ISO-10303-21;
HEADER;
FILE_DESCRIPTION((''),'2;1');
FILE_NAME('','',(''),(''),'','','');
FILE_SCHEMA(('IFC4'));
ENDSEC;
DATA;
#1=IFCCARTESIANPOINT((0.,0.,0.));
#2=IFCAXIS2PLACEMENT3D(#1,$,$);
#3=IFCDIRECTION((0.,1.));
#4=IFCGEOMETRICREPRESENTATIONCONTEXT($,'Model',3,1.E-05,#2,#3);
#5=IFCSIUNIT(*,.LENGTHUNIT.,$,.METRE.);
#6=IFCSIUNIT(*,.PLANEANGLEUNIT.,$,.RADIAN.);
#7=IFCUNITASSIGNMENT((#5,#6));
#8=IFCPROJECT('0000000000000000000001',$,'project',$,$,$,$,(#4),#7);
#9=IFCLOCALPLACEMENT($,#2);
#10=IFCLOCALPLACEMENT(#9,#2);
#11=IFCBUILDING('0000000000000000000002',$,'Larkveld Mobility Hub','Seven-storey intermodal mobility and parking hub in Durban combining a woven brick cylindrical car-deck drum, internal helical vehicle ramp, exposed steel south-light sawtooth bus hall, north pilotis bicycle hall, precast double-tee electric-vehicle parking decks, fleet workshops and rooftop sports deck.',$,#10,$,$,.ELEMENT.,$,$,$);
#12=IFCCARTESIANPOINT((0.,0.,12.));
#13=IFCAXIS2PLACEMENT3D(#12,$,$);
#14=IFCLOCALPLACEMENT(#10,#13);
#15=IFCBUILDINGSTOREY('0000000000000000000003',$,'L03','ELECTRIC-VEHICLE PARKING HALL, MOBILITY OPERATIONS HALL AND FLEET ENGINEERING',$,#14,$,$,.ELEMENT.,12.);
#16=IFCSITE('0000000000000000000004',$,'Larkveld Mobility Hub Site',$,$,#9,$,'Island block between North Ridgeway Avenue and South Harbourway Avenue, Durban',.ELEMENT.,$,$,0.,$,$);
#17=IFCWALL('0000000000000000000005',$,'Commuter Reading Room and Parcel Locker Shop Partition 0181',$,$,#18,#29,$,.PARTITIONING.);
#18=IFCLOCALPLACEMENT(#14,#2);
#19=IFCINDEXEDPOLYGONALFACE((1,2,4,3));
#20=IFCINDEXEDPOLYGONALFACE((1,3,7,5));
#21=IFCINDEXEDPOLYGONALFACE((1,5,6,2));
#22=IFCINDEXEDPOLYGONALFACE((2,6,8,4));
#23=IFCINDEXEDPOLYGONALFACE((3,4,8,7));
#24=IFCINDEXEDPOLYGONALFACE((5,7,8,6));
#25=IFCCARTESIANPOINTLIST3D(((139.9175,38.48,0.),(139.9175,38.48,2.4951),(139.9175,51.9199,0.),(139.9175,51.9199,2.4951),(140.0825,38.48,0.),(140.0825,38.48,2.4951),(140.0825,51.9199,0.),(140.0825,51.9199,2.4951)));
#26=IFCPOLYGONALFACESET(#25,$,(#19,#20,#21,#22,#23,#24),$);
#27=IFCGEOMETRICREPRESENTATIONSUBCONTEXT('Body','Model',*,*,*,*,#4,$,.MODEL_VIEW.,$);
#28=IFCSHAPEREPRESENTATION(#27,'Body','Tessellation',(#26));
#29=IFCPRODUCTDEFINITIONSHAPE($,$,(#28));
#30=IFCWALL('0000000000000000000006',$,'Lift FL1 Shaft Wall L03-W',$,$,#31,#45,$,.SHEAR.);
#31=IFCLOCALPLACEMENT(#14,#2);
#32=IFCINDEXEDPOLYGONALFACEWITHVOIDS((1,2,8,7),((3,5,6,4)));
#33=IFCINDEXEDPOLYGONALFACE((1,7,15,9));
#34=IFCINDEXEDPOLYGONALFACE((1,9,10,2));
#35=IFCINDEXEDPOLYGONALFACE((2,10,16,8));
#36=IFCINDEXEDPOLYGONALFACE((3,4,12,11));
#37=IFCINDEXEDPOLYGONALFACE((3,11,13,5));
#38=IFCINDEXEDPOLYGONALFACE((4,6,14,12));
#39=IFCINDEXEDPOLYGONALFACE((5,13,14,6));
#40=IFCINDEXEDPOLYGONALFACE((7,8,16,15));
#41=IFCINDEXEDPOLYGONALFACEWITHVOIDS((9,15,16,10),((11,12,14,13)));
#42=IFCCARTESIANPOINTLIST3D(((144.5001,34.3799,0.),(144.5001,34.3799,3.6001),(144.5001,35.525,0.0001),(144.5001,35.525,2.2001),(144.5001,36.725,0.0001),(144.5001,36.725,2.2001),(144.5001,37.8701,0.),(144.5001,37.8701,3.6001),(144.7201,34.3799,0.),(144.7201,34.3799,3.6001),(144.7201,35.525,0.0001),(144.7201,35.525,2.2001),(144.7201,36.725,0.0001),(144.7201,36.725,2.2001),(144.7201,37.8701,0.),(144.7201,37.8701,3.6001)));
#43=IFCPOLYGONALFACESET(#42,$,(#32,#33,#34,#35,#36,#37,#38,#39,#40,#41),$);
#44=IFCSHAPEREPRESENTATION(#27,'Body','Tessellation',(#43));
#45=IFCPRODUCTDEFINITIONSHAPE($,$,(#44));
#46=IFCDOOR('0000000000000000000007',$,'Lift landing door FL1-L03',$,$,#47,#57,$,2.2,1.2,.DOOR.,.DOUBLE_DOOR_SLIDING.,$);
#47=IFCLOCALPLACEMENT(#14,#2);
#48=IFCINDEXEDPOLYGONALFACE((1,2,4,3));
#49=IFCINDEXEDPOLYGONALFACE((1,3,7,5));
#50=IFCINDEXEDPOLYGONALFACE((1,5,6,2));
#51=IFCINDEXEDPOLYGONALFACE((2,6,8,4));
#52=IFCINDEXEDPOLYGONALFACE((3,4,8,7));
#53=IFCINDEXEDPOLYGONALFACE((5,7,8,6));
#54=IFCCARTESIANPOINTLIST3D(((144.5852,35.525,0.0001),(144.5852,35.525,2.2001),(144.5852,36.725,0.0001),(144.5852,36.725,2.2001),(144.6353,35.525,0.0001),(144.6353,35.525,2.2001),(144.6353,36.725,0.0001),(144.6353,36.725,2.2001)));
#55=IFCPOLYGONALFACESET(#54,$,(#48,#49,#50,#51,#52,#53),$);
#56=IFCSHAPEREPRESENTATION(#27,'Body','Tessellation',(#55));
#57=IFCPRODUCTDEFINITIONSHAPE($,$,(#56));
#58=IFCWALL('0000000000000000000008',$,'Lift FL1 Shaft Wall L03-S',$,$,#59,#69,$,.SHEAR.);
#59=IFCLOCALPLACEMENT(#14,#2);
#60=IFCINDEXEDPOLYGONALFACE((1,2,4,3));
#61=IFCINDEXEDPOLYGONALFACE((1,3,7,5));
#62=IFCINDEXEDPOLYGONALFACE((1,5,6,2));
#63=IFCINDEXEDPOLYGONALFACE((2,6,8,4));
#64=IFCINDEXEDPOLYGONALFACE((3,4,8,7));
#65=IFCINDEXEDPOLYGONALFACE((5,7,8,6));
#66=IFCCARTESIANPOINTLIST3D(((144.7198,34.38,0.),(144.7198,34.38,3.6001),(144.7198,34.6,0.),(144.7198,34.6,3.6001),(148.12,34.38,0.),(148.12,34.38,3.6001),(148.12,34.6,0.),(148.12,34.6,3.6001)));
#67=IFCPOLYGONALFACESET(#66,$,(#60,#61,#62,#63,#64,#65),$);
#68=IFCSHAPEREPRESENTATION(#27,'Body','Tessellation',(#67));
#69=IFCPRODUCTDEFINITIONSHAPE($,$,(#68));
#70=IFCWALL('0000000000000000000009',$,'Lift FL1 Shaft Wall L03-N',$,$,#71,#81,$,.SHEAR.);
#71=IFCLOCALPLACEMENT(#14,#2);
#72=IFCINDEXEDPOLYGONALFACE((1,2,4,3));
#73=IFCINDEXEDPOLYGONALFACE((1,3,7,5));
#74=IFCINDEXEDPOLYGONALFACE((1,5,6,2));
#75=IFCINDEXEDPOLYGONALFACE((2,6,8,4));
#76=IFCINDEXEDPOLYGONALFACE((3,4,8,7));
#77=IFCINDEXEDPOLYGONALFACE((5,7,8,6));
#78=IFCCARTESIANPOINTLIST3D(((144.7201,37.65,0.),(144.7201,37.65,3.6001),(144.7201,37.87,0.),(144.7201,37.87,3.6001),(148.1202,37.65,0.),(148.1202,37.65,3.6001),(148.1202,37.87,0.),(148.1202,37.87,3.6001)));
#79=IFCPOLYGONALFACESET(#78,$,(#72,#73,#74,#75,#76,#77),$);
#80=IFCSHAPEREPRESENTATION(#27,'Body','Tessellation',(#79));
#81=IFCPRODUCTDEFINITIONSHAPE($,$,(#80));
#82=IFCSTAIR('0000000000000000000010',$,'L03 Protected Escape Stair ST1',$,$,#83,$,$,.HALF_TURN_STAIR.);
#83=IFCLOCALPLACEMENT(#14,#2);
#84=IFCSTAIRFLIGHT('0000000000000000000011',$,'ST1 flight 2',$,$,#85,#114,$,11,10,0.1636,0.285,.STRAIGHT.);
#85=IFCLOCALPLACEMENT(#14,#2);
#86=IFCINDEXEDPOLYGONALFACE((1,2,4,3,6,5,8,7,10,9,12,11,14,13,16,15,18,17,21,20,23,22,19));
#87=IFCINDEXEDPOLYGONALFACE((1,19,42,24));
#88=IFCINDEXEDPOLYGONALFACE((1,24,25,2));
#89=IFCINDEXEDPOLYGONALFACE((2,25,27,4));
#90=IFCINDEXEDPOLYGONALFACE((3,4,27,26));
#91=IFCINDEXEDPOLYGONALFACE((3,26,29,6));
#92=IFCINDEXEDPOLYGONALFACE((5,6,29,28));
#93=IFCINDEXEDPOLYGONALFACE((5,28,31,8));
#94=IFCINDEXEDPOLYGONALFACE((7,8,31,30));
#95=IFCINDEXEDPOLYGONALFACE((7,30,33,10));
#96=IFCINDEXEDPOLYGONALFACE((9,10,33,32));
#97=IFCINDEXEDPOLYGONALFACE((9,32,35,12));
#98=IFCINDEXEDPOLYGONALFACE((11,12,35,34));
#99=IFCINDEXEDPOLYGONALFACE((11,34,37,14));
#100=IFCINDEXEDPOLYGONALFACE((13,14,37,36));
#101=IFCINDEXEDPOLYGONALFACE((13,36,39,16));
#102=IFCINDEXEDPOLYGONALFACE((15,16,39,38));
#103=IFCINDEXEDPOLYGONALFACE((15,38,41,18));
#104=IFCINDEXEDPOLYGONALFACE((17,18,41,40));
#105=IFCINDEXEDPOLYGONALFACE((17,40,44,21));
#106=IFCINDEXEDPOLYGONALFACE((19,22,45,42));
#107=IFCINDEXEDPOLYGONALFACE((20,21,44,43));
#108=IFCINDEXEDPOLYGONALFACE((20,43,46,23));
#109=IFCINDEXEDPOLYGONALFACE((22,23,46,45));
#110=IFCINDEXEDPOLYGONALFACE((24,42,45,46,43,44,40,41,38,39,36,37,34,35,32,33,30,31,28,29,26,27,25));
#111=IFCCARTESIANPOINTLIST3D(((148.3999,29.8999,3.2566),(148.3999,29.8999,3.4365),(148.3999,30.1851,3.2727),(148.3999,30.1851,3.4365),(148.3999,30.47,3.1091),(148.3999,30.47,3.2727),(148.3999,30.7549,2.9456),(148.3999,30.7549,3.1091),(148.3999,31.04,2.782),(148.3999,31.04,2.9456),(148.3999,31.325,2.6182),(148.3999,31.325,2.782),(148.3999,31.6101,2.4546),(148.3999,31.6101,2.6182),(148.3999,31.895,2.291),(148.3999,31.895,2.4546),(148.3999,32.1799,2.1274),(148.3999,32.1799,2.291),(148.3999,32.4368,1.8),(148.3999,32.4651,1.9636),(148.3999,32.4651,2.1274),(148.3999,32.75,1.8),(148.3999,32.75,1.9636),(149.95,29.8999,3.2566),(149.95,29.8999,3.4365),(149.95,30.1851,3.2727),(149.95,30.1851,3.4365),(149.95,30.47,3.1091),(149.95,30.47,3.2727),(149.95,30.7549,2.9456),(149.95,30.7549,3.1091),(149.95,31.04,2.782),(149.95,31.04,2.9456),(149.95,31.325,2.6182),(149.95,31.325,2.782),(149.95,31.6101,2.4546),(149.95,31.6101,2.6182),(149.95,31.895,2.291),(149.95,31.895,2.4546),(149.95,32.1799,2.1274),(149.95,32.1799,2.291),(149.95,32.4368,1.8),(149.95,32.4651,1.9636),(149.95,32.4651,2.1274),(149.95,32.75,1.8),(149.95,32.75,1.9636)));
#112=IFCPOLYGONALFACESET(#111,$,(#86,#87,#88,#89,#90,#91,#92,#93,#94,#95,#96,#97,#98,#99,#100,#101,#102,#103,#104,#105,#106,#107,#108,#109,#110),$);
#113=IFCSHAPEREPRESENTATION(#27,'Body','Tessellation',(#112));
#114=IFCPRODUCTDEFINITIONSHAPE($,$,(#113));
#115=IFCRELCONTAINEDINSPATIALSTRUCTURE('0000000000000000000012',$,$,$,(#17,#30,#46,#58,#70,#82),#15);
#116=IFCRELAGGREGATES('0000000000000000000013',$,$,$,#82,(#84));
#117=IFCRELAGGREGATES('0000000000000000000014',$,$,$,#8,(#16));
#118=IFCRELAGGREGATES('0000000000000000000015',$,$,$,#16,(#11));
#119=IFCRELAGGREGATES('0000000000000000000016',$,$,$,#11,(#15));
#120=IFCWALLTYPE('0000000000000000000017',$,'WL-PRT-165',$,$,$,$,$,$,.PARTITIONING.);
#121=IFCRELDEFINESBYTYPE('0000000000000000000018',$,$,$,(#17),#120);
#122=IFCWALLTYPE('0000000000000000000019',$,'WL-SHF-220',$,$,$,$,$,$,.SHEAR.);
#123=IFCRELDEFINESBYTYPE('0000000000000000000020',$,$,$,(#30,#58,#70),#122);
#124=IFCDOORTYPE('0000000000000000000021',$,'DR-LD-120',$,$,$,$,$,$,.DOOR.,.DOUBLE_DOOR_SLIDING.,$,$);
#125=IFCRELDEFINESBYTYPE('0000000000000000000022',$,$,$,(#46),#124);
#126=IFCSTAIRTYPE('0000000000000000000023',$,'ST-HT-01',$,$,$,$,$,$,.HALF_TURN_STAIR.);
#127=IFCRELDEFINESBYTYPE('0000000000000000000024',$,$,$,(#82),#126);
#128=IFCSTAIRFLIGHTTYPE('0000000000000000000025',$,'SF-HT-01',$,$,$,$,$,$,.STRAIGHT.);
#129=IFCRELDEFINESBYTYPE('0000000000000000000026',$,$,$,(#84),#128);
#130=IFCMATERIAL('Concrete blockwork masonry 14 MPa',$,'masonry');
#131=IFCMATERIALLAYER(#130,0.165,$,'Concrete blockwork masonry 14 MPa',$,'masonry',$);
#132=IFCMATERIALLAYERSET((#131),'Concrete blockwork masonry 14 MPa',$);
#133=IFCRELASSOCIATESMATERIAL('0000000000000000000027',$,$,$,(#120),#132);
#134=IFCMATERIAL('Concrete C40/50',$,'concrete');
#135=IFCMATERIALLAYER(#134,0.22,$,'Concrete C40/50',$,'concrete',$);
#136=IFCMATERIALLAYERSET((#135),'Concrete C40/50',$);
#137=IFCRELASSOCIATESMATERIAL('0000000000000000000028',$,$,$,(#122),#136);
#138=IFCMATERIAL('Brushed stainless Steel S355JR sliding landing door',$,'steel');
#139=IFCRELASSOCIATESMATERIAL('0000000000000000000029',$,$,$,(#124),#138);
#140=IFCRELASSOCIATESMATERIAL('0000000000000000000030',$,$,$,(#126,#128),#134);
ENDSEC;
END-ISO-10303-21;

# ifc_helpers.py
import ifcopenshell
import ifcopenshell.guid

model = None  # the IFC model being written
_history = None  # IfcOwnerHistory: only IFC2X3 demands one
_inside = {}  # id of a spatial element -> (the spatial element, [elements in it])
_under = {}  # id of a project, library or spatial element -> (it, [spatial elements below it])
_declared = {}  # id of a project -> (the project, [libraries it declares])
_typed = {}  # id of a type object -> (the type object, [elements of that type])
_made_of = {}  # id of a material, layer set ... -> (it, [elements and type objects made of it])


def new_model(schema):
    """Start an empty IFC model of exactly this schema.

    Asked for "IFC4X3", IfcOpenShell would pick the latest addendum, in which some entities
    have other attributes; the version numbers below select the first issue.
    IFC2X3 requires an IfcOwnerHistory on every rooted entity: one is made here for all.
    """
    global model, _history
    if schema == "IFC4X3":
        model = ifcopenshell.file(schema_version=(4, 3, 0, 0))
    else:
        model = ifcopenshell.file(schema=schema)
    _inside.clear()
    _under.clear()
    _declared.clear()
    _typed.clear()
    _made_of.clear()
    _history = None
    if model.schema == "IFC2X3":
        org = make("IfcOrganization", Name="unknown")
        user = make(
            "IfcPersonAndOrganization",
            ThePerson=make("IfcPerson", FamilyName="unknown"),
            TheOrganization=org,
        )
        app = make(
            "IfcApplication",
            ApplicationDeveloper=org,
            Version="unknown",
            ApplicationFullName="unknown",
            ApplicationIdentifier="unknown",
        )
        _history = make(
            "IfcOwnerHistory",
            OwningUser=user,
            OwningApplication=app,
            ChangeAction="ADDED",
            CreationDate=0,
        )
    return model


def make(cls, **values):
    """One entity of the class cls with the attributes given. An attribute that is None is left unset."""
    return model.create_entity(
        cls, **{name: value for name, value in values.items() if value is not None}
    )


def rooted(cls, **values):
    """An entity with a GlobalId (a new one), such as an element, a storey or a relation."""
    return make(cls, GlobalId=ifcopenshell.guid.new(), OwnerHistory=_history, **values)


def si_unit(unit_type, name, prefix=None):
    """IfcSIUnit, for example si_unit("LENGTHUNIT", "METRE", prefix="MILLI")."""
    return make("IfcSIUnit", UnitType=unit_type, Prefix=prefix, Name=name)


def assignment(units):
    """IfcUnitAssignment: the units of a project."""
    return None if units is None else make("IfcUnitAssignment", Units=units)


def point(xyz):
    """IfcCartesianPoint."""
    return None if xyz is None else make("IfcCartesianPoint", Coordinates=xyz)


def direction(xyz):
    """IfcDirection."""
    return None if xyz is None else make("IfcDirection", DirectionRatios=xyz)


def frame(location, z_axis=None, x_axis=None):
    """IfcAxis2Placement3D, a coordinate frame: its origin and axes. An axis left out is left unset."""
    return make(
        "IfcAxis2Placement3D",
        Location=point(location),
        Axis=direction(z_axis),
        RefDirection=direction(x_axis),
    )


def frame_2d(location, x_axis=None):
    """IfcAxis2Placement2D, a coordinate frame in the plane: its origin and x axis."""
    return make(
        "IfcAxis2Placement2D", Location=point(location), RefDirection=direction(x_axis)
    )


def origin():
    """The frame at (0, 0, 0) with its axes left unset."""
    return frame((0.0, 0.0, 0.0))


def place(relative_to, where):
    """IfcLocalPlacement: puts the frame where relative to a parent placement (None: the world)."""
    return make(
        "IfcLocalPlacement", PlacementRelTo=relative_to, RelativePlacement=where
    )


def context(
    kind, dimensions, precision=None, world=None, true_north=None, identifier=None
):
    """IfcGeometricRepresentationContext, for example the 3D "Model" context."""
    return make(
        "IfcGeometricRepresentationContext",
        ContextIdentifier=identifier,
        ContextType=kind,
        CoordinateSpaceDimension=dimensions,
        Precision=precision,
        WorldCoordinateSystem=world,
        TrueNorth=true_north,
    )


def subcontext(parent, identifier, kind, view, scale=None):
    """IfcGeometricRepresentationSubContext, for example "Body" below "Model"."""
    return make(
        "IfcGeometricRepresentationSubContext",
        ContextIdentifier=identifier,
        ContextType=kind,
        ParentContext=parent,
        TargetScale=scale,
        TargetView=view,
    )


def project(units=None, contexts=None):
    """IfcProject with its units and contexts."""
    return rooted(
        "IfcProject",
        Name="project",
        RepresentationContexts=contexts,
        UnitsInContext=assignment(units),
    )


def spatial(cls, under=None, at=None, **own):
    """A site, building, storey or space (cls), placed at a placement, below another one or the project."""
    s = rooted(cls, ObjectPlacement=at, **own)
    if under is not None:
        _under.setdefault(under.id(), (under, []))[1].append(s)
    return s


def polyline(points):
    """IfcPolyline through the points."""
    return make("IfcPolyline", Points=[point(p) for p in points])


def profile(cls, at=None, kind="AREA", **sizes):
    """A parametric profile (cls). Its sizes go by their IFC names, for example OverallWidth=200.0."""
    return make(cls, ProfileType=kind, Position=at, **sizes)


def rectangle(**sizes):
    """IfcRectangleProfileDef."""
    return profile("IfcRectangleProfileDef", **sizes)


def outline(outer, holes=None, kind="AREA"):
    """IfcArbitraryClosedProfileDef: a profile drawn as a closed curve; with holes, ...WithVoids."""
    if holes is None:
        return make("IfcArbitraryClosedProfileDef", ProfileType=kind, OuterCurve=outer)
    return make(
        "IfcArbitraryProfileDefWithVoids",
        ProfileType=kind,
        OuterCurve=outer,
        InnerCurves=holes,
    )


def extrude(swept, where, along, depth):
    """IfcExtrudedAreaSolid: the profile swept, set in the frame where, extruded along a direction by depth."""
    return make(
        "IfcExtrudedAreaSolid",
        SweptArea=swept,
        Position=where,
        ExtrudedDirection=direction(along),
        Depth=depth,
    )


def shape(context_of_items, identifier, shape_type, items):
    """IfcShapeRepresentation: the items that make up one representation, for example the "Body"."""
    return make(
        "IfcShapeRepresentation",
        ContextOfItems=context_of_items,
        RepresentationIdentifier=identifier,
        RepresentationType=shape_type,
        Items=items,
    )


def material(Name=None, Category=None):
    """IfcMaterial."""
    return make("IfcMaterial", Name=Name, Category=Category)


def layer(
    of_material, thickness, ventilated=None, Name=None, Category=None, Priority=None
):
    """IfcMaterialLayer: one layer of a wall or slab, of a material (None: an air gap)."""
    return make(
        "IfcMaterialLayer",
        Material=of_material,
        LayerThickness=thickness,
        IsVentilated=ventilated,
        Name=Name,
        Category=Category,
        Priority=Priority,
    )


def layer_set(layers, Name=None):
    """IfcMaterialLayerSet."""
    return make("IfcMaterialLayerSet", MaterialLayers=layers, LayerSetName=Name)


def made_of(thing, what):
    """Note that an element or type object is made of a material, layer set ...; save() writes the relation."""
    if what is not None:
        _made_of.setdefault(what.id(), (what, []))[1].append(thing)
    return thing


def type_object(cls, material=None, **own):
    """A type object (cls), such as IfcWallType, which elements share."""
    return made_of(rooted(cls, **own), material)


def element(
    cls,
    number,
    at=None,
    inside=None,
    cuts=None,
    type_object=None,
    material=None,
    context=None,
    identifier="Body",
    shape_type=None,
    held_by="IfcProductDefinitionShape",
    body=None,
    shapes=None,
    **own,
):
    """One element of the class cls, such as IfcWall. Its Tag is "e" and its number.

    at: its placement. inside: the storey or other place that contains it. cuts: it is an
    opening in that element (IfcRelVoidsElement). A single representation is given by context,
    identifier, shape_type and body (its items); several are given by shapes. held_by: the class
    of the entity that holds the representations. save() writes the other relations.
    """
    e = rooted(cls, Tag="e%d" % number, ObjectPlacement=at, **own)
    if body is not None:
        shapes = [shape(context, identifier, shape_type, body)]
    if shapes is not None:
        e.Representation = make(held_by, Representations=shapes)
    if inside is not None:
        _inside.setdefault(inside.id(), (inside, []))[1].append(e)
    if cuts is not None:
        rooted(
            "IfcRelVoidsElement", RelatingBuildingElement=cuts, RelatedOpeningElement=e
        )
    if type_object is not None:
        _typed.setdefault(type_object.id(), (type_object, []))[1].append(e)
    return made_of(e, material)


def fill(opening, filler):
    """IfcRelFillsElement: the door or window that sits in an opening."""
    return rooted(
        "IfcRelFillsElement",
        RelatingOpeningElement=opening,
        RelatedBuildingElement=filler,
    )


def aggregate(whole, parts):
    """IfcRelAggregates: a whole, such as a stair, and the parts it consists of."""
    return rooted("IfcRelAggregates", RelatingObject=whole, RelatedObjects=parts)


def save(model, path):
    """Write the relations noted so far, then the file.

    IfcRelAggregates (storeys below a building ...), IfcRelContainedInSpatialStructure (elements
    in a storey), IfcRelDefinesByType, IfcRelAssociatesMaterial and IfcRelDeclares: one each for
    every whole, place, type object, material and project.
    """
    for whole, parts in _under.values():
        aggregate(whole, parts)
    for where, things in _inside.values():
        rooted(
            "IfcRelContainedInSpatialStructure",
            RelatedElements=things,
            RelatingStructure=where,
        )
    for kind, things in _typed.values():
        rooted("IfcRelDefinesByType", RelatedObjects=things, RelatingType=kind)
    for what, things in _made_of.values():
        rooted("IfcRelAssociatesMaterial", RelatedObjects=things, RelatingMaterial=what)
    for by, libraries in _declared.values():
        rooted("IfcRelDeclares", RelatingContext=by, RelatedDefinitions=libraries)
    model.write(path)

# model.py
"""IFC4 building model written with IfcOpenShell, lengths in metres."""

from ifc_helpers import new_model, si_unit, direction, frame, frame_2d, origin, place, context, subcontext, project, spatial, polyline, rectangle, outline, extrude, material, layer, layer_set, type_object, element, fill, aggregate, save


model = new_model("IFC4")

# Units and contexts
model_context = context("Model", 3, precision=1e-05, world=origin(), true_north=direction((0.0, 1.0)))
body_context = subcontext(model_context, "Body", "Model", "MODEL_VIEW")
ifc_project = project(units=[si_unit("LENGTHUNIT", "METRE"), si_unit("PLANEANGLEUNIT", "RADIAN")], contexts=[model_context])

# Site, building, storey
site_placement = place(None, origin())
site = spatial("IfcSite", under=ifc_project, at=site_placement, Name="Larkveld Mobility Hub Site", LongName="Island block between North Ridgeway Avenue and South Harbourway Avenue, Durban", CompositionType="ELEMENT", RefElevation=0.0)
building_placement = place(site_placement, origin())
building = spatial("IfcBuilding", under=site, at=building_placement, Name="Larkveld Mobility Hub", Description="Seven-storey intermodal mobility and parking hub in Durban combining a woven brick cylindrical car-deck drum, internal helical vehicle ramp, exposed steel south-light sawtooth bus hall, north pilotis bicycle hall, precast double-tee electric-vehicle parking decks, fleet workshops and rooftop sports deck.", CompositionType="ELEMENT")
storey_placement = place(building_placement, frame((0.0, 0.0, 12.0)))
storey = spatial("IfcBuildingStorey", under=building, at=storey_placement, Name="L03", Description="ELECTRIC-VEHICLE PARKING HALL, MOBILITY OPERATIONS HALL AND FLEET ENGINEERING", CompositionType="ELEMENT", Elevation=12.0)

# Shared definitions
ifc_material_1 = material(Name="Concrete C40/50", Category="concrete")

# Shared definitions
ifc_material_2 = material(Name="Concrete blockwork masonry 14 MPa", Category="masonry")

# Shared definitions
ifc_layer_1 = layer(ifc_material_2, 0.165, Name="Concrete blockwork masonry 14 MPa", Category="masonry")
ifc_layer_set_1 = layer_set([ifc_layer_1], Name="Concrete blockwork masonry 14 MPa")
wall_type_1 = type_object("IfcWallType", Name="WL-PRT-165", PredefinedType="PARTITIONING", material=ifc_layer_set_1)

# Wall
wall_1_placement = place(storey_placement, frame((140.0, 38.48, 0.0), z_axis=(0.0, 0.0, 1.0), x_axis=(0.0, 1.0, 0.0)))
element("IfcWall", 1, at=wall_1_placement, inside=storey, type_object=wall_type_1, Name="Commuter Reading Room and Parcel Locker Shop Partition 0181", PredefinedType="PARTITIONING", context=body_context, shape_type="SweptSolid", body=[
    extrude(rectangle(XDim=13.4399, YDim=0.165, at=frame_2d((6.72, 0.0))), origin(), (0.0, 0.0, 1.0), 2.4951),
])

# Wall, opening, door
ifc_layer_2 = layer(ifc_material_1, 0.22, Name="Concrete C40/50", Category="concrete")
ifc_layer_set_2 = layer_set([ifc_layer_2], Name="Concrete C40/50")
wall_type_2 = type_object("IfcWallType", Name="WL-SHF-220", PredefinedType="SHEAR", material=ifc_layer_set_2)
wall_2_placement = place(storey_placement, frame((144.6101, 34.3799, 0.0), z_axis=(0.0, 0.0, 1.0), x_axis=(0.0, 1.0, 0.0)))
wall_2 = element("IfcWall", 2, at=wall_2_placement, inside=storey, type_object=wall_type_2, Name="Lift FL1 Shaft Wall L03-W", PredefinedType="SHEAR", context=body_context, shape_type="SweptSolid", body=[
    extrude(rectangle(XDim=3.4902, YDim=0.22, at=frame_2d((1.7451, 0.0))), origin(), (0.0, 0.0, 1.0), 3.6001),
])
opening_1_placement = place(wall_2_placement, frame((1.145, 0.0, 0.0)))
opening_1 = element("IfcOpeningElement", 3, at=opening_1_placement, cuts=wall_2, PredefinedType="OPENING", context=body_context, shape_type="SweptSolid", body=[
    extrude(rectangle(XDim=1.2, YDim=2.2, at=frame_2d((0.6001, 1.1001))), frame((0.0, 0.1201, 0.0), z_axis=(0.0, -1.0, 0.0), x_axis=(1.0, 0.0, 0.0)), (0.0, 0.0, 1.0), 0.24),
])
ifc_material_3 = material(Name="Brushed stainless Steel S355JR sliding landing door", Category="steel")
door_type_1 = type_object("IfcDoorType", Name="DR-LD-120", OperationType="DOUBLE_DOOR_SLIDING", PredefinedType="DOOR", material=ifc_material_3)
door_1_placement = place(opening_1_placement, origin())
door_1 = element("IfcDoor", 4, at=door_1_placement, inside=storey, type_object=door_type_1, Name="Lift landing door FL1-L03", OperationType="DOUBLE_DOOR_SLIDING", OverallHeight=2.2, OverallWidth=1.2, PredefinedType="DOOR", context=body_context, shape_type="SweptSolid", body=[
    extrude(rectangle(XDim=1.2, YDim=2.2, at=frame_2d((0.6001, 1.1001))), frame((0.0, 0.0249, 0.0), z_axis=(0.0, -1.0, 0.0), x_axis=(1.0, 0.0, 0.0)), (0.0, 0.0, 1.0), 0.05),
])
fill(opening_1, door_1)

# Walls
for number, where, z_axis, x_axis, name in (
    (5, (148.1201, 34.49, 0.0), (0.0, 0.0, 1.0), (-1.0, 0.0, 0.0), "Lift FL1 Shaft Wall L03-S"),
    (6, (144.72, 37.76, 0.0), (0.0, 0.0, 1.0), (1.0, 0.0, 0.0), "Lift FL1 Shaft Wall L03-N"),
):
    element("IfcWall", number, at=place(storey_placement, frame(where, z_axis=z_axis, x_axis=x_axis)), inside=storey, type_object=wall_type_2, Name=name, PredefinedType="SHEAR", context=body_context, shape_type="SweptSolid", body=[
        extrude(rectangle(XDim=3.4001, YDim=0.22, at=frame_2d((1.7002, 0.0))), origin(), (0.0, 0.0, 1.0), 3.6001),
    ])

# Stair, stair flight
stair_type = type_object("IfcStairType", Name="ST-HT-01", PredefinedType="HALF_TURN_STAIR", material=ifc_material_1)
stair_placement = place(storey_placement, origin())
stair = element("IfcStair", 7, at=stair_placement, inside=storey, type_object=stair_type, Name="L03 Protected Escape Stair ST1", PredefinedType="HALF_TURN_STAIR")
stair_flight_type = type_object("IfcStairFlightType", Name="SF-HT-01", PredefinedType="STRAIGHT", material=ifc_material_1)
stair_flight_placement = place(storey_placement, frame((149.175, 32.75, 1.8), z_axis=(0.0, 0.0, 1.0), x_axis=(0.0, -1.0, 0.0)))
stair_flight = element("IfcStairFlight", 8, at=stair_flight_placement, type_object=stair_flight_type, Name="ST1 flight 2", NumberOfRisers=11, NumberOfTreads=10, PredefinedType="STRAIGHT", RiserHeight=0.1636, TreadLength=0.285, context=body_context, shape_type="SweptSolid", body=[
    extrude(outline(polyline([(0.0, 0.0), (0.0, 0.1636), (0.2849, 0.1636), (0.2849, 0.3274), (0.5701, 0.3274), (0.5701, 0.491), (0.855, 0.491), (0.855, 0.6545), (1.1399, 0.6545), (1.1399, 0.8181), (1.425, 0.8181), (1.425, 0.9819), (1.71, 0.9819), (1.71, 1.1455), (1.9951, 1.1455), (1.9951, 1.3091), (2.28, 1.3091), (2.28, 1.4727), (2.5649, 1.4727), (2.5649, 1.6365), (2.8501, 1.6365), (2.8501, 1.8), (2.8501, 1.4565), (0.3132, 0.0), (0.0, 0.0)])), frame((0.0, 0.7749, 0.0), z_axis=(0.0, -1.0, 0.0), x_axis=(1.0, 0.0, 0.0)), (0.0, 0.0, 1.0), 1.55),
])
aggregate(stair, [stair_flight])

save(model, "model.ifc")
